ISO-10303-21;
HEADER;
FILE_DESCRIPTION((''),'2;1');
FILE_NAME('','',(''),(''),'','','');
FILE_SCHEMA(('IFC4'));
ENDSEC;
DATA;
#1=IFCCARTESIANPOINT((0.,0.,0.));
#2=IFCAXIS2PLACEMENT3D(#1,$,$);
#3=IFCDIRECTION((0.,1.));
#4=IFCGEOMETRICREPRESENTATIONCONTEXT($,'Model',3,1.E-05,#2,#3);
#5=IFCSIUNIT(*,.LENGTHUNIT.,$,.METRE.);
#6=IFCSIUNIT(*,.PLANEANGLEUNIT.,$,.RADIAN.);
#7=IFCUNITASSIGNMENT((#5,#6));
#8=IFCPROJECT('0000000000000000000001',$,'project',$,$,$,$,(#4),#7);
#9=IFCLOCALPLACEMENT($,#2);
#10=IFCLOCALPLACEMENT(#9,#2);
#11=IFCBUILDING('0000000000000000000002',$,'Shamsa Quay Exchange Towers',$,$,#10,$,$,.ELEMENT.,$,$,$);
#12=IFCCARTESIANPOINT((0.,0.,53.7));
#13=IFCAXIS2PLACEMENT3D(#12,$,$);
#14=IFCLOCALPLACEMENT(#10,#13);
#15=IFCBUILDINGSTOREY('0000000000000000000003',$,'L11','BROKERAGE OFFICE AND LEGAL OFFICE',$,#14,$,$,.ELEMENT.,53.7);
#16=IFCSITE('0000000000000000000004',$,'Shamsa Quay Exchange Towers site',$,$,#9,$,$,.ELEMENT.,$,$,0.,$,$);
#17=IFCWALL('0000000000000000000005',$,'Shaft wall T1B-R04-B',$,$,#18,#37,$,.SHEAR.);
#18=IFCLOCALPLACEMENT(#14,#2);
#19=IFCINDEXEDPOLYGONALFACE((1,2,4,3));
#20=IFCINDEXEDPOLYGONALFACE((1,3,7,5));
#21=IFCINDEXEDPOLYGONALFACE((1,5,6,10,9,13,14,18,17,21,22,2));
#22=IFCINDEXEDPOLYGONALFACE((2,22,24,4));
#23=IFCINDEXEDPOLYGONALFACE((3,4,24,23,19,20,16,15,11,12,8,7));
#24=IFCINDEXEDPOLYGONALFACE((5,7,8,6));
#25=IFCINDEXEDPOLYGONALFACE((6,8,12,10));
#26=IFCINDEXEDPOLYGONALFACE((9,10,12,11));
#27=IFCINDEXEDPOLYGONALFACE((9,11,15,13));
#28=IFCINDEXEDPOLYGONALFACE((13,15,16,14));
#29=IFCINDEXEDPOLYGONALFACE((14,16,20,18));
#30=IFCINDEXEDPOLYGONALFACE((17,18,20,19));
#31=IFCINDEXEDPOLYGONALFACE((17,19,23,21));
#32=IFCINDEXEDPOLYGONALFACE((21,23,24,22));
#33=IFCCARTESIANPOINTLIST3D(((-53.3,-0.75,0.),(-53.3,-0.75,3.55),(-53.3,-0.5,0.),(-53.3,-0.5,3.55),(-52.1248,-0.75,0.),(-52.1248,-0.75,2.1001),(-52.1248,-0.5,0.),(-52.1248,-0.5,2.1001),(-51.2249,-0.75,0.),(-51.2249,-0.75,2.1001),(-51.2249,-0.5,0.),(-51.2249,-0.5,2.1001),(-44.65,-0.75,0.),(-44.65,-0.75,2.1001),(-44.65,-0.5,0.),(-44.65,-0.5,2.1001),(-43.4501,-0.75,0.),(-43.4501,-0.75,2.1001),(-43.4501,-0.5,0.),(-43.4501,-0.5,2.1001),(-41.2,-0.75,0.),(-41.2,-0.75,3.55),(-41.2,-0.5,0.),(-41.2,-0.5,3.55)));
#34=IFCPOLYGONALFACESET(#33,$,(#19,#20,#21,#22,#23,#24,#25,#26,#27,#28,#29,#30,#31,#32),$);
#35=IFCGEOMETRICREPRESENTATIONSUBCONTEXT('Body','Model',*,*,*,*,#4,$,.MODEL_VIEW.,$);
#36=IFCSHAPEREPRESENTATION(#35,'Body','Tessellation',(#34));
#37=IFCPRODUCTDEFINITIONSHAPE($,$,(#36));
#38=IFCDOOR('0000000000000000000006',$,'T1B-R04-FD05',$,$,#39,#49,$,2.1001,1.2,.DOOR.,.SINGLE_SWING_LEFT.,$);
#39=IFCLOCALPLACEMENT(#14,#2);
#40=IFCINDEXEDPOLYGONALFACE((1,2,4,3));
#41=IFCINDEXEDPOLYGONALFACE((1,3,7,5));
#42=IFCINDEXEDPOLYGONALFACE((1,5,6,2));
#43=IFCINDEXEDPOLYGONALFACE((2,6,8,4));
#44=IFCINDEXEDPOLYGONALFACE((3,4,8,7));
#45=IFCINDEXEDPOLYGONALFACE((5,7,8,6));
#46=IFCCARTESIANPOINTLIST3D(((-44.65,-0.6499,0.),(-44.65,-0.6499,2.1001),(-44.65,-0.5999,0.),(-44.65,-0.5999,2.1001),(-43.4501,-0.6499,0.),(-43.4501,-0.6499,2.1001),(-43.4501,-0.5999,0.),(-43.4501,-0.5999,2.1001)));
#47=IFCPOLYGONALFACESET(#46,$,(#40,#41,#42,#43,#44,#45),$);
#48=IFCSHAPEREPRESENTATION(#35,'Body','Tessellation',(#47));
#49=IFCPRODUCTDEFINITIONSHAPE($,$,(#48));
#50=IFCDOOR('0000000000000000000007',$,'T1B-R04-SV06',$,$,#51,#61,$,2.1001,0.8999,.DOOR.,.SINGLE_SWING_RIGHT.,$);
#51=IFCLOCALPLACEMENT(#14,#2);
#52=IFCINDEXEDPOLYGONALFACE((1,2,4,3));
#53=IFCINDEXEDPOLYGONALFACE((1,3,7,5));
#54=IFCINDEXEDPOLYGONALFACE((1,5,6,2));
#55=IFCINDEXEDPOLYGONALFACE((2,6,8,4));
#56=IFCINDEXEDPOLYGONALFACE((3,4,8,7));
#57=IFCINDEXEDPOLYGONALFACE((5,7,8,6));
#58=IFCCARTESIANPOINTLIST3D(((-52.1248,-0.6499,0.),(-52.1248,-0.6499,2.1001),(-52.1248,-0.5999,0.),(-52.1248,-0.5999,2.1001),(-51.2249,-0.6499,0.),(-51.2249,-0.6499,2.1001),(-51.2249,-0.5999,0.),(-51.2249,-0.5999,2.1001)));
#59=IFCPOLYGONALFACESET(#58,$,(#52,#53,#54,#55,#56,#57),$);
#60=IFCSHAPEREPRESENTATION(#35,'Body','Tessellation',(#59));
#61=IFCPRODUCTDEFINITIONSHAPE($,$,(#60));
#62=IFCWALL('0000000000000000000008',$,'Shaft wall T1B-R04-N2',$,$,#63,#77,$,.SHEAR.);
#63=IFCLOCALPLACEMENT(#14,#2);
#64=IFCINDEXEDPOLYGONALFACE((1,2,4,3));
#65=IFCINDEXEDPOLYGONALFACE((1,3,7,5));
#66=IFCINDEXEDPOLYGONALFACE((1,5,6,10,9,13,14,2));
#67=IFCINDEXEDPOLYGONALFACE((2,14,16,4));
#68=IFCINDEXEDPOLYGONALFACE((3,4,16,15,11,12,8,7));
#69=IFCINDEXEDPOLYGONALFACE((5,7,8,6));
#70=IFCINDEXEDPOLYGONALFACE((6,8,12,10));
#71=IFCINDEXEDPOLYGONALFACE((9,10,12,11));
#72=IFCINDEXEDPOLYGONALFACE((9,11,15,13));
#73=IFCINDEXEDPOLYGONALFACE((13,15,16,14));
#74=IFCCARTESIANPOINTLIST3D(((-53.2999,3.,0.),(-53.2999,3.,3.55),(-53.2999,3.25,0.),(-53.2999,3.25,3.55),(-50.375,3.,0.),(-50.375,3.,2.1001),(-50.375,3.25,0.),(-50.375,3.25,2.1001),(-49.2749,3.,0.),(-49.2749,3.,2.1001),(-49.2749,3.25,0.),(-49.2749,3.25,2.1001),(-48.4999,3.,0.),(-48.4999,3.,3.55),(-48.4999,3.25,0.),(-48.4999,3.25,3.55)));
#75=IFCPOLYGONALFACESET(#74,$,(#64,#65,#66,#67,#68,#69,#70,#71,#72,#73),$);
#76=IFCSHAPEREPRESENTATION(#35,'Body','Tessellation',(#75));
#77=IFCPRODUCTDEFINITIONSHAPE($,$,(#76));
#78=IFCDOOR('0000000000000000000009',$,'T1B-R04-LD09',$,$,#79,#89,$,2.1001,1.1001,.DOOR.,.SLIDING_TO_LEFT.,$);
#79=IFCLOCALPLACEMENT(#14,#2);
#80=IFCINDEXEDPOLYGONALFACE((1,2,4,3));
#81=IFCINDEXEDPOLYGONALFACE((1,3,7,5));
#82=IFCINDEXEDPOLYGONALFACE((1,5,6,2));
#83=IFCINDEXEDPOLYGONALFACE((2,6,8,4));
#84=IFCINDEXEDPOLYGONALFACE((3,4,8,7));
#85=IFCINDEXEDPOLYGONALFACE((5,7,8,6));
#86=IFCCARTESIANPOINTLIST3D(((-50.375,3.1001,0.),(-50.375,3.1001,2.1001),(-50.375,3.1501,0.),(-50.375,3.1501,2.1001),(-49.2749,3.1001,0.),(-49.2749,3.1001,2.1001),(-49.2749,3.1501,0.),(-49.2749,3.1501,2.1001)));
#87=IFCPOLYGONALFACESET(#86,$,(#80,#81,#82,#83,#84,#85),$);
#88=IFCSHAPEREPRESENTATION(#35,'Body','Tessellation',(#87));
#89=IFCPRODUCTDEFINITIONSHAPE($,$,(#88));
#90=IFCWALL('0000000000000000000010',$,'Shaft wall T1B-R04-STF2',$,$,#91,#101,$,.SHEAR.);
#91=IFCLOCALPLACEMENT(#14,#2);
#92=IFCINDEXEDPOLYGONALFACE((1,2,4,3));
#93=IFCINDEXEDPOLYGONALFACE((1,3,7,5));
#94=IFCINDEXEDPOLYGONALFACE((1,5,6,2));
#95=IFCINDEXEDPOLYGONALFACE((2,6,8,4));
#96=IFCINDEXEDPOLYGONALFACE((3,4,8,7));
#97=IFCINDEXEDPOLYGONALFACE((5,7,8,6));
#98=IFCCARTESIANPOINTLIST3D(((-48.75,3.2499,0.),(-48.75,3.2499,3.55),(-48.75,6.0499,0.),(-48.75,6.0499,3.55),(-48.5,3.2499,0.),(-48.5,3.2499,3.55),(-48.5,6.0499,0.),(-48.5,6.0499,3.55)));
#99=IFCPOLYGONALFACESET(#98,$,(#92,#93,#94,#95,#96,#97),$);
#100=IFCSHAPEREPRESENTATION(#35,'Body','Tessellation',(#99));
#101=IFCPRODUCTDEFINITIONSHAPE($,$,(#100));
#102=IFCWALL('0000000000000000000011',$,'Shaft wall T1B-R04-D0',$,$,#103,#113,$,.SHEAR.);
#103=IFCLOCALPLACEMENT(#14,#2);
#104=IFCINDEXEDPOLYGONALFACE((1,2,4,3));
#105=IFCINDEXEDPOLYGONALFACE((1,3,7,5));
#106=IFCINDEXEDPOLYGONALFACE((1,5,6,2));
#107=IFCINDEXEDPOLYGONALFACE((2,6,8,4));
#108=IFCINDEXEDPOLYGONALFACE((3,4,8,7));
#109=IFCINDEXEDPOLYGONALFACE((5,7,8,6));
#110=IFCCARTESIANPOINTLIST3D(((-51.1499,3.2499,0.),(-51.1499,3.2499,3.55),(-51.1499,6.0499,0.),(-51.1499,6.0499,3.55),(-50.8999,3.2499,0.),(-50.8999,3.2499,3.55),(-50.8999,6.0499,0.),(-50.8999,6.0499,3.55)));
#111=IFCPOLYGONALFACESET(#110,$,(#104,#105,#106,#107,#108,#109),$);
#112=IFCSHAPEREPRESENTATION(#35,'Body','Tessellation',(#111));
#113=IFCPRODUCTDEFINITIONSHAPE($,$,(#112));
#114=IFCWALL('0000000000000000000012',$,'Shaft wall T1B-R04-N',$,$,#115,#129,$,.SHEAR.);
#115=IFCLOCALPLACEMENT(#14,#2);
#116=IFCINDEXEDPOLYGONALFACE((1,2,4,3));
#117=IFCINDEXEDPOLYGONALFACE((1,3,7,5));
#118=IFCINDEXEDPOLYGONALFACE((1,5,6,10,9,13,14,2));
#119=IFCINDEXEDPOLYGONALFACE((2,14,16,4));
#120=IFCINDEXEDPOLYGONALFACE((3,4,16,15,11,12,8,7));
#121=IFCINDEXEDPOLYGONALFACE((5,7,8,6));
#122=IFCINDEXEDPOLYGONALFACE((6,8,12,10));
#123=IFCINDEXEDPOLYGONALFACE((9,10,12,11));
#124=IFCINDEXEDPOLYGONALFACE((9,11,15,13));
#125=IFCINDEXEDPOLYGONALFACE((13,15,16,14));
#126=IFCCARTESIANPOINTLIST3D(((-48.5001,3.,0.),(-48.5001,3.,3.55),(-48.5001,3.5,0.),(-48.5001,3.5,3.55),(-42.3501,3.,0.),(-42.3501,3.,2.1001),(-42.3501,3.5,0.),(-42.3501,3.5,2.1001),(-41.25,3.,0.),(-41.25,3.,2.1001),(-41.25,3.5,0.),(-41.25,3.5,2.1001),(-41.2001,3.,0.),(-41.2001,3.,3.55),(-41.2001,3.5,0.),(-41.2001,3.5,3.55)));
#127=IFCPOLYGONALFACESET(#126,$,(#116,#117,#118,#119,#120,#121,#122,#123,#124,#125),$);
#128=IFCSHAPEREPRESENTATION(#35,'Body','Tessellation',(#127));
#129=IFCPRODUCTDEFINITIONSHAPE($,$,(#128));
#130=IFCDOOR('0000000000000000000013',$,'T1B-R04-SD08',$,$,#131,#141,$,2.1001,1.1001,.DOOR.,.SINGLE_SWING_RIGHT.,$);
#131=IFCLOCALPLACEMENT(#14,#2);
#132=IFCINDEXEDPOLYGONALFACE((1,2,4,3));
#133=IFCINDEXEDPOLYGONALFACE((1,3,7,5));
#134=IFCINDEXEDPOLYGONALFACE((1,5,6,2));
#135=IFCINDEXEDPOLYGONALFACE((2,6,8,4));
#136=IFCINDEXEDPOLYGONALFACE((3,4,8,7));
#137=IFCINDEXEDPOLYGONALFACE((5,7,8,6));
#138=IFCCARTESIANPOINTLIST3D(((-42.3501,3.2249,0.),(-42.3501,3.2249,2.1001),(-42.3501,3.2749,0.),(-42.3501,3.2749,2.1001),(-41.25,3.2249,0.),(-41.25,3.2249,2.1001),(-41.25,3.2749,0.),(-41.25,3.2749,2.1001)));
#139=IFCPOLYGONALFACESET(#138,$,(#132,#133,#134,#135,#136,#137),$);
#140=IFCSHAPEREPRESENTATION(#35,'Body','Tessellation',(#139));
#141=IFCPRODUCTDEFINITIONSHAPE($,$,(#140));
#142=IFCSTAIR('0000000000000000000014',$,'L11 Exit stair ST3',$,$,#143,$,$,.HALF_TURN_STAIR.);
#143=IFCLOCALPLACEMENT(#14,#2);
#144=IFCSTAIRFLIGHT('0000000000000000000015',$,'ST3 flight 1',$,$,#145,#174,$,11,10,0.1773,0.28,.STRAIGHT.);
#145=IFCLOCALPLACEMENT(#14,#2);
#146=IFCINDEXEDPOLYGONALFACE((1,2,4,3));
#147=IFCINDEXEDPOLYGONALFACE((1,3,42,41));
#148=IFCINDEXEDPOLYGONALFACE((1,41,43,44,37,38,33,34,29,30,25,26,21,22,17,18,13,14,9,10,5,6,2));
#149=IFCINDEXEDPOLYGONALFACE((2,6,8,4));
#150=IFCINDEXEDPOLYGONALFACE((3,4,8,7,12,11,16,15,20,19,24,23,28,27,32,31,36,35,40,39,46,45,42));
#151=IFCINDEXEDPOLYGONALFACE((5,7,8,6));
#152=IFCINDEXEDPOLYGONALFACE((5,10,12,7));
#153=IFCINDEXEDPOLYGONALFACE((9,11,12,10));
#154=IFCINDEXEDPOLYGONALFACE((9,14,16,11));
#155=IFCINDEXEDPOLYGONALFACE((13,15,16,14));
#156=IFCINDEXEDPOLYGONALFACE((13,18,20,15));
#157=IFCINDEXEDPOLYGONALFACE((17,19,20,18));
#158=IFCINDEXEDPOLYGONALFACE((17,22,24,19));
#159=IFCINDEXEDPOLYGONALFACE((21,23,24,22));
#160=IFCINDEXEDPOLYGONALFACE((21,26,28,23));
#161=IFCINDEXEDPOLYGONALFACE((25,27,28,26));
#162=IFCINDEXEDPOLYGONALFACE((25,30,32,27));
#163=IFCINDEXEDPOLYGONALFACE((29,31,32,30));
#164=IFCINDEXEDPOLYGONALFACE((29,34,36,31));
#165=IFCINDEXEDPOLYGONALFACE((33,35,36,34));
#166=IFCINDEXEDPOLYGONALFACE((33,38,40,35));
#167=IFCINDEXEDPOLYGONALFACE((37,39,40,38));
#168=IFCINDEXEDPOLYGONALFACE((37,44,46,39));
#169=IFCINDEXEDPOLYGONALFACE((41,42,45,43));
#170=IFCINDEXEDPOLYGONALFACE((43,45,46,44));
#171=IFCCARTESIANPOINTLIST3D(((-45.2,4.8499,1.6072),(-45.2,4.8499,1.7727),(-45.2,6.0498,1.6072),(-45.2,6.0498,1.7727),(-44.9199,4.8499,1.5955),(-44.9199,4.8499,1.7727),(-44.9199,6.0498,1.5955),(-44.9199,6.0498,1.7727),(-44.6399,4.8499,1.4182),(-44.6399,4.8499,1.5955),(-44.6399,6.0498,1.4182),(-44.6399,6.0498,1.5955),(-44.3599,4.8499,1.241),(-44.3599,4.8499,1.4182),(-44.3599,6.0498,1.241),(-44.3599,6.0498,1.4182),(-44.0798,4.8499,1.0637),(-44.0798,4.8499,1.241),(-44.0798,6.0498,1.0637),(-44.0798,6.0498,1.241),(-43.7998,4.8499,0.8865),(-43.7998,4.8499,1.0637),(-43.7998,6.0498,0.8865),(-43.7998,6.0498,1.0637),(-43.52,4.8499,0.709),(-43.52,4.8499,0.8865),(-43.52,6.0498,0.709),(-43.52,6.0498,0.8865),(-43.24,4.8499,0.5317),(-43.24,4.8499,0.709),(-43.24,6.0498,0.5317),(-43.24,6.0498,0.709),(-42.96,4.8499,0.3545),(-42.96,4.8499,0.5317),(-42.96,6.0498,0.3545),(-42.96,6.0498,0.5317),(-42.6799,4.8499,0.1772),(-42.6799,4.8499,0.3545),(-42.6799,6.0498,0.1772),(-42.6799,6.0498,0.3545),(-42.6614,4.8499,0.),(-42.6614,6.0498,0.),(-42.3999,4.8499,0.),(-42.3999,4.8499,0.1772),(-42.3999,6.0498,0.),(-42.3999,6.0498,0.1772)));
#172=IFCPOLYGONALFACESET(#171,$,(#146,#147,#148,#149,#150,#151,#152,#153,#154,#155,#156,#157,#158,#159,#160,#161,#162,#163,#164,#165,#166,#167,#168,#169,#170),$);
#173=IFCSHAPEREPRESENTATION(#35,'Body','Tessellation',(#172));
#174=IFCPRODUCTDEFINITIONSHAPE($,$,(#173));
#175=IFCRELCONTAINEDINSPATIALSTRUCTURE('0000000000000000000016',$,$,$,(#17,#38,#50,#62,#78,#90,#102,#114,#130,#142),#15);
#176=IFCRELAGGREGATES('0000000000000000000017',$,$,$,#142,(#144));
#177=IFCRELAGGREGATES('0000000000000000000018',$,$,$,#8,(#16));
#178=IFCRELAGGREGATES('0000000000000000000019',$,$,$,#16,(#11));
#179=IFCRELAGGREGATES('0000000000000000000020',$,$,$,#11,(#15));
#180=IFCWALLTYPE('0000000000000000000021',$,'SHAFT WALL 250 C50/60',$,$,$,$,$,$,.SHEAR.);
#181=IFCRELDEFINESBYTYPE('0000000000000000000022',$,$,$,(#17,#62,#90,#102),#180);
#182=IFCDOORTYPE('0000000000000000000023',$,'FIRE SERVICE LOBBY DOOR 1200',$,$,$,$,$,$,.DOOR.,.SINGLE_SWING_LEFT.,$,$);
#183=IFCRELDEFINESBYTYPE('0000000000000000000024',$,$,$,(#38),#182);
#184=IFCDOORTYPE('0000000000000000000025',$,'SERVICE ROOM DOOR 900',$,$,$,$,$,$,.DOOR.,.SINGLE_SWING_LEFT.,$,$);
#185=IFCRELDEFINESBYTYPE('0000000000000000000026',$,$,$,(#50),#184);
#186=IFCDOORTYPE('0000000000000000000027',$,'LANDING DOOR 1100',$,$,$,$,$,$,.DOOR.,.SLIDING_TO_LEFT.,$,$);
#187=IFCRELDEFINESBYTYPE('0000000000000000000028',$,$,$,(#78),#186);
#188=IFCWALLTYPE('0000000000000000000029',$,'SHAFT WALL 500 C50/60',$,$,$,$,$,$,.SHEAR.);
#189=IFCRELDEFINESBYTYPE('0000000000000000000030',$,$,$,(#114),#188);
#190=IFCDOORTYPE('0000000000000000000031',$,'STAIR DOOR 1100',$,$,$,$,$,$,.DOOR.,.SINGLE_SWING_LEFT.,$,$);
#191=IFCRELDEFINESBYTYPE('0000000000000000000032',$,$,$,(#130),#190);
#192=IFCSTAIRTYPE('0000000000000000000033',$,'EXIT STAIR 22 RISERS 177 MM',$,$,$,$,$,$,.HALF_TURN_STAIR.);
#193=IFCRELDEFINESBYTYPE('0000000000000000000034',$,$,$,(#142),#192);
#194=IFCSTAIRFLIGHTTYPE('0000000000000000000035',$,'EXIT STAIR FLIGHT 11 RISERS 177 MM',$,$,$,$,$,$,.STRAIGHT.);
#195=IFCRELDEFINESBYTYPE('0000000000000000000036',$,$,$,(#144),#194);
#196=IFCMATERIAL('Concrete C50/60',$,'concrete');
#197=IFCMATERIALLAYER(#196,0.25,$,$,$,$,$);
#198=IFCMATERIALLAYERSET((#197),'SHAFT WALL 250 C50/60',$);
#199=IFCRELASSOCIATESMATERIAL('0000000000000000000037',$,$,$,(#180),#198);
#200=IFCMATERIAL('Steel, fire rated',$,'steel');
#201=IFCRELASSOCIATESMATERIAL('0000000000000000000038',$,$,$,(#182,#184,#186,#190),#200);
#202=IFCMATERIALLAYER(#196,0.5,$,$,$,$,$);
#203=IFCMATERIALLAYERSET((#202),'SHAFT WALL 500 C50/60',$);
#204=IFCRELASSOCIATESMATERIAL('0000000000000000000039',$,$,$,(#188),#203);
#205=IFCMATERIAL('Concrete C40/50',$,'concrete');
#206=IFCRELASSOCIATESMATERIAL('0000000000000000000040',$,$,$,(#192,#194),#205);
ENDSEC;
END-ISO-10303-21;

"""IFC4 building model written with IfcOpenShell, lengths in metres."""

from ifc_helpers import new_model, si_unit, direction, frame, frame_2d, origin, place, context, subcontext, project, spatial, polyline, rectangle, outline, extrude, material, layer, layer_set, type_object, element, fill, aggregate, save


model = new_model("IFC4")

# Units and contexts
model_context = context("Model", 3, precision=1e-05, world=origin(), true_north=direction((0.0, 1.0)))
body_context = subcontext(model_context, "Body", "Model", "MODEL_VIEW")
ifc_project = project(units=[si_unit("LENGTHUNIT", "METRE"), si_unit("PLANEANGLEUNIT", "RADIAN")], contexts=[model_context])

# Site, building, storey
site_placement = place(None, origin())
site = spatial("IfcSite", under=ifc_project, at=site_placement, Name="Shamsa Quay Exchange Towers site", CompositionType="ELEMENT", RefElevation=0.0)
building_placement = place(site_placement, origin())
building = spatial("IfcBuilding", under=site, at=building_placement, Name="Shamsa Quay Exchange Towers", CompositionType="ELEMENT")
storey_placement = place(building_placement, frame((0.0, 0.0, 53.7)))
storey = spatial("IfcBuildingStorey", under=building, at=storey_placement, Name="L11", Description="BROKERAGE OFFICE AND LEGAL OFFICE", CompositionType="ELEMENT", Elevation=53.7)

# Wall, openings, doors
ifc_material_1 = material(Name="Concrete C50/60", Category="concrete")
ifc_layer_1 = layer(ifc_material_1, 0.25)
ifc_layer_set_1 = layer_set([ifc_layer_1], Name="SHAFT WALL 250 C50/60")
wall_type_1 = type_object("IfcWallType", Name="SHAFT WALL 250 C50/60", PredefinedType="SHEAR", material=ifc_layer_set_1)
wall_1_placement = place(storey_placement, frame((-41.2, -0.625, 0.0), z_axis=(0.0, 0.0, 1.0), x_axis=(-1.0, 0.0, 0.0)))
wall_1 = element("IfcWall", 1, at=wall_1_placement, inside=storey, type_object=wall_type_1, Name="Shaft wall T1B-R04-B", PredefinedType="SHEAR", context=body_context, shape_type="SweptSolid", body=[
    extrude(rectangle(XDim=12.1001, YDim=0.25, at=frame_2d((6.05, 0.0))), origin(), (0.0, 0.0, 1.0), 3.55),
])
opening_1_placement = place(wall_1_placement, frame((2.25, 0.0, 0.0)))
opening_1 = element("IfcOpeningElement", 2, at=opening_1_placement, cuts=wall_1, PredefinedType="OPENING", context=body_context, shape_type="SweptSolid", body=[
    extrude(rectangle(XDim=1.2, YDim=2.1001, at=frame_2d((0.6001, 1.05))), frame((0.0, 0.135, 0.0), z_axis=(0.0, -1.0, 0.0), x_axis=(1.0, 0.0, 0.0)), (0.0, 0.0, 1.0), 0.27),
])
opening_2_placement = place(wall_1_placement, frame((10.0249, 0.0, 0.0)))
opening_2 = element("IfcOpeningElement", 3, at=opening_2_placement, cuts=wall_1, PredefinedType="OPENING", context=body_context, shape_type="SweptSolid", body=[
    extrude(rectangle(XDim=0.8999, YDim=2.1001, at=frame_2d((0.45, 1.05))), frame((0.0, 0.135, 0.0), z_axis=(0.0, -1.0, 0.0), x_axis=(1.0, 0.0, 0.0)), (0.0, 0.0, 1.0), 0.27),
])
ifc_material_2 = material(Name="Steel, fire rated", Category="steel")
door_type_1 = type_object("IfcDoorType", Name="FIRE SERVICE LOBBY DOOR 1200", OperationType="SINGLE_SWING_LEFT", PredefinedType="DOOR", material=ifc_material_2)
door_1_placement = place(opening_1_placement, origin())
door_1 = element("IfcDoor", 4, at=door_1_placement, inside=storey, type_object=door_type_1, Name="T1B-R04-FD05", OperationType="SINGLE_SWING_LEFT", OverallHeight=2.1001, OverallWidth=1.2, PredefinedType="DOOR", context=body_context, shape_type="SweptSolid", body=[
    extrude(rectangle(XDim=1.2, YDim=2.1001, at=frame_2d((0.6001, 1.05))), frame((0.0, 0.0249, 0.0), z_axis=(0.0, -1.0, 0.0), x_axis=(1.0, 0.0, 0.0)), (0.0, 0.0, 1.0), 0.05),
])
fill(opening_1, door_1)
door_type_2 = type_object("IfcDoorType", Name="SERVICE ROOM DOOR 900", OperationType="SINGLE_SWING_LEFT", PredefinedType="DOOR", material=ifc_material_2)
door_2_placement = place(opening_2_placement, origin())
door_2 = element("IfcDoor", 5, at=door_2_placement, inside=storey, type_object=door_type_2, Name="T1B-R04-SV06", OperationType="SINGLE_SWING_RIGHT", OverallHeight=2.1001, OverallWidth=0.8999, PredefinedType="DOOR", context=body_context, shape_type="SweptSolid", body=[
    extrude(rectangle(XDim=0.8999, YDim=2.1001, at=frame_2d((0.45, 1.05))), frame((0.0, 0.0249, 0.0), z_axis=(0.0, -1.0, 0.0), x_axis=(1.0, 0.0, 0.0)), (0.0, 0.0, 1.0), 0.05),
])
fill(opening_2, door_2)

# Wall, opening, door
wall_2_placement = place(storey_placement, frame((-48.5, 3.125, 0.0), z_axis=(0.0, 0.0, 1.0), x_axis=(-1.0, 0.0, 0.0)))
wall_2 = element("IfcWall", 6, at=wall_2_placement, inside=storey, type_object=wall_type_1, Name="Shaft wall T1B-R04-N2", PredefinedType="SHEAR", context=body_context, shape_type="SweptSolid", body=[
    extrude(rectangle(XDim=4.8, YDim=0.25, at=frame_2d((2.3999, 0.0))), origin(), (0.0, 0.0, 1.0), 3.55),
])
opening_3_placement = place(wall_2_placement, frame((0.7749, 0.0, 0.0)))
opening_3 = element("IfcOpeningElement", 7, at=opening_3_placement, cuts=wall_2, PredefinedType="OPENING", context=body_context, shape_type="SweptSolid", body=[
    extrude(rectangle(XDim=1.1001, YDim=2.1001, at=frame_2d((0.55, 1.05))), frame((0.0, 0.135, 0.0), z_axis=(0.0, -1.0, 0.0), x_axis=(1.0, 0.0, 0.0)), (0.0, 0.0, 1.0), 0.27),
])
door_type_3 = type_object("IfcDoorType", Name="LANDING DOOR 1100", OperationType="SLIDING_TO_LEFT", PredefinedType="DOOR", material=ifc_material_2)
door_3_placement = place(opening_3_placement, origin())
door_3 = element("IfcDoor", 8, at=door_3_placement, inside=storey, type_object=door_type_3, Name="T1B-R04-LD09", OperationType="SLIDING_TO_LEFT", OverallHeight=2.1001, OverallWidth=1.1001, PredefinedType="DOOR", context=body_context, shape_type="SweptSolid", body=[
    extrude(rectangle(XDim=1.1001, YDim=2.1001, at=frame_2d((0.55, 1.05))), frame((0.0, 0.0249, 0.0), z_axis=(0.0, -1.0, 0.0), x_axis=(1.0, 0.0, 0.0)), (0.0, 0.0, 1.0), 0.05),
])
fill(opening_3, door_3)

# Walls
for number, where, z_axis, x_axis, name in (
    (9, (-48.625, 3.25, 0.0), (0.0, 0.0, 1.0), (0.0, 1.0, 0.0), "Shaft wall T1B-R04-STF2"),
    (10, (-51.0249, 3.25, 0.0), (0.0, 0.0, 1.0), (0.0, 1.0, 0.0), "Shaft wall T1B-R04-D0"),
):
    element("IfcWall", number, at=place(storey_placement, frame(where, z_axis=z_axis, x_axis=x_axis)), inside=storey, type_object=wall_type_1, Name=name, PredefinedType="SHEAR", context=body_context, shape_type="SweptSolid", body=[
        extrude(rectangle(XDim=2.8, YDim=0.25, at=frame_2d((1.3999, 0.0))), origin(), (0.0, 0.0, 1.0), 3.55),
    ])

# Wall, opening, door
ifc_layer_2 = layer(ifc_material_1, 0.5)
ifc_layer_set_2 = layer_set([ifc_layer_2], Name="SHAFT WALL 500 C50/60")
wall_type_2 = type_object("IfcWallType", Name="SHAFT WALL 500 C50/60", PredefinedType="SHEAR", material=ifc_layer_set_2)
wall_3_placement = place(storey_placement, frame((-48.5, 3.25, 0.0)))
wall_3 = element("IfcWall", 11, at=wall_3_placement, inside=storey, type_object=wall_type_2, Name="Shaft wall T1B-R04-N", PredefinedType="SHEAR", context=body_context, shape_type="SweptSolid", body=[
    extrude(rectangle(XDim=7.3, YDim=0.5, at=frame_2d((3.6499, 0.0))), origin(), (0.0, 0.0, 1.0), 3.55),
])
opening_4_placement = place(wall_3_placement, frame((6.1499, 0.0, 0.0)))
opening_4 = element("IfcOpeningElement", 12, at=opening_4_placement, cuts=wall_3, PredefinedType="OPENING", context=body_context, shape_type="SweptSolid", body=[
    extrude(rectangle(XDim=1.1001, YDim=2.1001, at=frame_2d((0.55, 1.05))), frame((0.0, 0.26, 0.0), z_axis=(0.0, -1.0, 0.0), x_axis=(1.0, 0.0, 0.0)), (0.0, 0.0, 1.0), 0.52),
])
door_type_4 = type_object("IfcDoorType", Name="STAIR DOOR 1100", OperationType="SINGLE_SWING_LEFT", PredefinedType="DOOR", material=ifc_material_2)
door_4_placement = place(opening_4_placement, origin())
door_4 = element("IfcDoor", 13, at=door_4_placement, inside=storey, type_object=door_type_4, Name="T1B-R04-SD08", OperationType="SINGLE_SWING_RIGHT", OverallHeight=2.1001, OverallWidth=1.1001, PredefinedType="DOOR", context=body_context, shape_type="SweptSolid", body=[
    extrude(rectangle(XDim=1.1001, YDim=2.1001, at=frame_2d((0.55, 1.05))), frame((0.0, 0.0249, 0.0), z_axis=(0.0, -1.0, 0.0), x_axis=(1.0, 0.0, 0.0)), (0.0, 0.0, 1.0), 0.05),
])
fill(opening_4, door_4)

# Stair, stair flight
ifc_material_3 = material(Name="Concrete C40/50", Category="concrete")
stair_type = type_object("IfcStairType", Name="EXIT STAIR 22 RISERS 177 MM", PredefinedType="HALF_TURN_STAIR", material=ifc_material_3)
stair_placement = place(storey_placement, origin())
stair = element("IfcStair", 14, at=stair_placement, inside=storey, type_object=stair_type, Name="L11 Exit stair ST3", PredefinedType="HALF_TURN_STAIR")
stair_flight_type = type_object("IfcStairFlightType", Name="EXIT STAIR FLIGHT 11 RISERS 177 MM", PredefinedType="STRAIGHT", material=ifc_material_3)
stair_flight_1_placement = place(storey_placement, frame((-42.3999, 5.45, 0.0), z_axis=(0.0, 0.0, 1.0), x_axis=(-1.0, 0.0, 0.0)))
stair_flight_1 = element("IfcStairFlight", 15, at=stair_flight_1_placement, type_object=stair_flight_type, Name="ST3 flight 1", NumberOfRisers=11, NumberOfTreads=10, PredefinedType="STRAIGHT", RiserHeight=0.1773, TreadLength=0.28, context=body_context, shape_type="SweptSolid", body=[
    extrude(outline(polyline([(0.0, 0.0), (0.0, 0.1772), (0.28, 0.1772), (0.28, 0.3545), (0.5601, 0.3545), (0.5601, 0.5317), (0.8401, 0.5317), (0.8401, 0.709), (1.1201, 0.709), (1.1201, 0.8865), (1.3999, 0.8865), (1.3999, 1.0637), (1.6799, 1.0637), (1.6799, 1.241), (1.96, 1.241), (1.96, 1.4182), (2.24, 1.4182), (2.24, 1.5955), (2.52, 1.5955), (2.52, 1.7727), (2.8, 1.7727), (2.8, 1.95), (2.8, 1.6072), (0.2615, 0.0), (0.0, 0.0)])), frame((0.0, 0.6001, 0.0), z_axis=(0.0, -1.0, 0.0), x_axis=(1.0, 0.0, 0.0)), (0.0, 0.0, 1.0), 1.2),
])
aggregate(stair, [stair_flight_1])

save(model, "model.ifc")
